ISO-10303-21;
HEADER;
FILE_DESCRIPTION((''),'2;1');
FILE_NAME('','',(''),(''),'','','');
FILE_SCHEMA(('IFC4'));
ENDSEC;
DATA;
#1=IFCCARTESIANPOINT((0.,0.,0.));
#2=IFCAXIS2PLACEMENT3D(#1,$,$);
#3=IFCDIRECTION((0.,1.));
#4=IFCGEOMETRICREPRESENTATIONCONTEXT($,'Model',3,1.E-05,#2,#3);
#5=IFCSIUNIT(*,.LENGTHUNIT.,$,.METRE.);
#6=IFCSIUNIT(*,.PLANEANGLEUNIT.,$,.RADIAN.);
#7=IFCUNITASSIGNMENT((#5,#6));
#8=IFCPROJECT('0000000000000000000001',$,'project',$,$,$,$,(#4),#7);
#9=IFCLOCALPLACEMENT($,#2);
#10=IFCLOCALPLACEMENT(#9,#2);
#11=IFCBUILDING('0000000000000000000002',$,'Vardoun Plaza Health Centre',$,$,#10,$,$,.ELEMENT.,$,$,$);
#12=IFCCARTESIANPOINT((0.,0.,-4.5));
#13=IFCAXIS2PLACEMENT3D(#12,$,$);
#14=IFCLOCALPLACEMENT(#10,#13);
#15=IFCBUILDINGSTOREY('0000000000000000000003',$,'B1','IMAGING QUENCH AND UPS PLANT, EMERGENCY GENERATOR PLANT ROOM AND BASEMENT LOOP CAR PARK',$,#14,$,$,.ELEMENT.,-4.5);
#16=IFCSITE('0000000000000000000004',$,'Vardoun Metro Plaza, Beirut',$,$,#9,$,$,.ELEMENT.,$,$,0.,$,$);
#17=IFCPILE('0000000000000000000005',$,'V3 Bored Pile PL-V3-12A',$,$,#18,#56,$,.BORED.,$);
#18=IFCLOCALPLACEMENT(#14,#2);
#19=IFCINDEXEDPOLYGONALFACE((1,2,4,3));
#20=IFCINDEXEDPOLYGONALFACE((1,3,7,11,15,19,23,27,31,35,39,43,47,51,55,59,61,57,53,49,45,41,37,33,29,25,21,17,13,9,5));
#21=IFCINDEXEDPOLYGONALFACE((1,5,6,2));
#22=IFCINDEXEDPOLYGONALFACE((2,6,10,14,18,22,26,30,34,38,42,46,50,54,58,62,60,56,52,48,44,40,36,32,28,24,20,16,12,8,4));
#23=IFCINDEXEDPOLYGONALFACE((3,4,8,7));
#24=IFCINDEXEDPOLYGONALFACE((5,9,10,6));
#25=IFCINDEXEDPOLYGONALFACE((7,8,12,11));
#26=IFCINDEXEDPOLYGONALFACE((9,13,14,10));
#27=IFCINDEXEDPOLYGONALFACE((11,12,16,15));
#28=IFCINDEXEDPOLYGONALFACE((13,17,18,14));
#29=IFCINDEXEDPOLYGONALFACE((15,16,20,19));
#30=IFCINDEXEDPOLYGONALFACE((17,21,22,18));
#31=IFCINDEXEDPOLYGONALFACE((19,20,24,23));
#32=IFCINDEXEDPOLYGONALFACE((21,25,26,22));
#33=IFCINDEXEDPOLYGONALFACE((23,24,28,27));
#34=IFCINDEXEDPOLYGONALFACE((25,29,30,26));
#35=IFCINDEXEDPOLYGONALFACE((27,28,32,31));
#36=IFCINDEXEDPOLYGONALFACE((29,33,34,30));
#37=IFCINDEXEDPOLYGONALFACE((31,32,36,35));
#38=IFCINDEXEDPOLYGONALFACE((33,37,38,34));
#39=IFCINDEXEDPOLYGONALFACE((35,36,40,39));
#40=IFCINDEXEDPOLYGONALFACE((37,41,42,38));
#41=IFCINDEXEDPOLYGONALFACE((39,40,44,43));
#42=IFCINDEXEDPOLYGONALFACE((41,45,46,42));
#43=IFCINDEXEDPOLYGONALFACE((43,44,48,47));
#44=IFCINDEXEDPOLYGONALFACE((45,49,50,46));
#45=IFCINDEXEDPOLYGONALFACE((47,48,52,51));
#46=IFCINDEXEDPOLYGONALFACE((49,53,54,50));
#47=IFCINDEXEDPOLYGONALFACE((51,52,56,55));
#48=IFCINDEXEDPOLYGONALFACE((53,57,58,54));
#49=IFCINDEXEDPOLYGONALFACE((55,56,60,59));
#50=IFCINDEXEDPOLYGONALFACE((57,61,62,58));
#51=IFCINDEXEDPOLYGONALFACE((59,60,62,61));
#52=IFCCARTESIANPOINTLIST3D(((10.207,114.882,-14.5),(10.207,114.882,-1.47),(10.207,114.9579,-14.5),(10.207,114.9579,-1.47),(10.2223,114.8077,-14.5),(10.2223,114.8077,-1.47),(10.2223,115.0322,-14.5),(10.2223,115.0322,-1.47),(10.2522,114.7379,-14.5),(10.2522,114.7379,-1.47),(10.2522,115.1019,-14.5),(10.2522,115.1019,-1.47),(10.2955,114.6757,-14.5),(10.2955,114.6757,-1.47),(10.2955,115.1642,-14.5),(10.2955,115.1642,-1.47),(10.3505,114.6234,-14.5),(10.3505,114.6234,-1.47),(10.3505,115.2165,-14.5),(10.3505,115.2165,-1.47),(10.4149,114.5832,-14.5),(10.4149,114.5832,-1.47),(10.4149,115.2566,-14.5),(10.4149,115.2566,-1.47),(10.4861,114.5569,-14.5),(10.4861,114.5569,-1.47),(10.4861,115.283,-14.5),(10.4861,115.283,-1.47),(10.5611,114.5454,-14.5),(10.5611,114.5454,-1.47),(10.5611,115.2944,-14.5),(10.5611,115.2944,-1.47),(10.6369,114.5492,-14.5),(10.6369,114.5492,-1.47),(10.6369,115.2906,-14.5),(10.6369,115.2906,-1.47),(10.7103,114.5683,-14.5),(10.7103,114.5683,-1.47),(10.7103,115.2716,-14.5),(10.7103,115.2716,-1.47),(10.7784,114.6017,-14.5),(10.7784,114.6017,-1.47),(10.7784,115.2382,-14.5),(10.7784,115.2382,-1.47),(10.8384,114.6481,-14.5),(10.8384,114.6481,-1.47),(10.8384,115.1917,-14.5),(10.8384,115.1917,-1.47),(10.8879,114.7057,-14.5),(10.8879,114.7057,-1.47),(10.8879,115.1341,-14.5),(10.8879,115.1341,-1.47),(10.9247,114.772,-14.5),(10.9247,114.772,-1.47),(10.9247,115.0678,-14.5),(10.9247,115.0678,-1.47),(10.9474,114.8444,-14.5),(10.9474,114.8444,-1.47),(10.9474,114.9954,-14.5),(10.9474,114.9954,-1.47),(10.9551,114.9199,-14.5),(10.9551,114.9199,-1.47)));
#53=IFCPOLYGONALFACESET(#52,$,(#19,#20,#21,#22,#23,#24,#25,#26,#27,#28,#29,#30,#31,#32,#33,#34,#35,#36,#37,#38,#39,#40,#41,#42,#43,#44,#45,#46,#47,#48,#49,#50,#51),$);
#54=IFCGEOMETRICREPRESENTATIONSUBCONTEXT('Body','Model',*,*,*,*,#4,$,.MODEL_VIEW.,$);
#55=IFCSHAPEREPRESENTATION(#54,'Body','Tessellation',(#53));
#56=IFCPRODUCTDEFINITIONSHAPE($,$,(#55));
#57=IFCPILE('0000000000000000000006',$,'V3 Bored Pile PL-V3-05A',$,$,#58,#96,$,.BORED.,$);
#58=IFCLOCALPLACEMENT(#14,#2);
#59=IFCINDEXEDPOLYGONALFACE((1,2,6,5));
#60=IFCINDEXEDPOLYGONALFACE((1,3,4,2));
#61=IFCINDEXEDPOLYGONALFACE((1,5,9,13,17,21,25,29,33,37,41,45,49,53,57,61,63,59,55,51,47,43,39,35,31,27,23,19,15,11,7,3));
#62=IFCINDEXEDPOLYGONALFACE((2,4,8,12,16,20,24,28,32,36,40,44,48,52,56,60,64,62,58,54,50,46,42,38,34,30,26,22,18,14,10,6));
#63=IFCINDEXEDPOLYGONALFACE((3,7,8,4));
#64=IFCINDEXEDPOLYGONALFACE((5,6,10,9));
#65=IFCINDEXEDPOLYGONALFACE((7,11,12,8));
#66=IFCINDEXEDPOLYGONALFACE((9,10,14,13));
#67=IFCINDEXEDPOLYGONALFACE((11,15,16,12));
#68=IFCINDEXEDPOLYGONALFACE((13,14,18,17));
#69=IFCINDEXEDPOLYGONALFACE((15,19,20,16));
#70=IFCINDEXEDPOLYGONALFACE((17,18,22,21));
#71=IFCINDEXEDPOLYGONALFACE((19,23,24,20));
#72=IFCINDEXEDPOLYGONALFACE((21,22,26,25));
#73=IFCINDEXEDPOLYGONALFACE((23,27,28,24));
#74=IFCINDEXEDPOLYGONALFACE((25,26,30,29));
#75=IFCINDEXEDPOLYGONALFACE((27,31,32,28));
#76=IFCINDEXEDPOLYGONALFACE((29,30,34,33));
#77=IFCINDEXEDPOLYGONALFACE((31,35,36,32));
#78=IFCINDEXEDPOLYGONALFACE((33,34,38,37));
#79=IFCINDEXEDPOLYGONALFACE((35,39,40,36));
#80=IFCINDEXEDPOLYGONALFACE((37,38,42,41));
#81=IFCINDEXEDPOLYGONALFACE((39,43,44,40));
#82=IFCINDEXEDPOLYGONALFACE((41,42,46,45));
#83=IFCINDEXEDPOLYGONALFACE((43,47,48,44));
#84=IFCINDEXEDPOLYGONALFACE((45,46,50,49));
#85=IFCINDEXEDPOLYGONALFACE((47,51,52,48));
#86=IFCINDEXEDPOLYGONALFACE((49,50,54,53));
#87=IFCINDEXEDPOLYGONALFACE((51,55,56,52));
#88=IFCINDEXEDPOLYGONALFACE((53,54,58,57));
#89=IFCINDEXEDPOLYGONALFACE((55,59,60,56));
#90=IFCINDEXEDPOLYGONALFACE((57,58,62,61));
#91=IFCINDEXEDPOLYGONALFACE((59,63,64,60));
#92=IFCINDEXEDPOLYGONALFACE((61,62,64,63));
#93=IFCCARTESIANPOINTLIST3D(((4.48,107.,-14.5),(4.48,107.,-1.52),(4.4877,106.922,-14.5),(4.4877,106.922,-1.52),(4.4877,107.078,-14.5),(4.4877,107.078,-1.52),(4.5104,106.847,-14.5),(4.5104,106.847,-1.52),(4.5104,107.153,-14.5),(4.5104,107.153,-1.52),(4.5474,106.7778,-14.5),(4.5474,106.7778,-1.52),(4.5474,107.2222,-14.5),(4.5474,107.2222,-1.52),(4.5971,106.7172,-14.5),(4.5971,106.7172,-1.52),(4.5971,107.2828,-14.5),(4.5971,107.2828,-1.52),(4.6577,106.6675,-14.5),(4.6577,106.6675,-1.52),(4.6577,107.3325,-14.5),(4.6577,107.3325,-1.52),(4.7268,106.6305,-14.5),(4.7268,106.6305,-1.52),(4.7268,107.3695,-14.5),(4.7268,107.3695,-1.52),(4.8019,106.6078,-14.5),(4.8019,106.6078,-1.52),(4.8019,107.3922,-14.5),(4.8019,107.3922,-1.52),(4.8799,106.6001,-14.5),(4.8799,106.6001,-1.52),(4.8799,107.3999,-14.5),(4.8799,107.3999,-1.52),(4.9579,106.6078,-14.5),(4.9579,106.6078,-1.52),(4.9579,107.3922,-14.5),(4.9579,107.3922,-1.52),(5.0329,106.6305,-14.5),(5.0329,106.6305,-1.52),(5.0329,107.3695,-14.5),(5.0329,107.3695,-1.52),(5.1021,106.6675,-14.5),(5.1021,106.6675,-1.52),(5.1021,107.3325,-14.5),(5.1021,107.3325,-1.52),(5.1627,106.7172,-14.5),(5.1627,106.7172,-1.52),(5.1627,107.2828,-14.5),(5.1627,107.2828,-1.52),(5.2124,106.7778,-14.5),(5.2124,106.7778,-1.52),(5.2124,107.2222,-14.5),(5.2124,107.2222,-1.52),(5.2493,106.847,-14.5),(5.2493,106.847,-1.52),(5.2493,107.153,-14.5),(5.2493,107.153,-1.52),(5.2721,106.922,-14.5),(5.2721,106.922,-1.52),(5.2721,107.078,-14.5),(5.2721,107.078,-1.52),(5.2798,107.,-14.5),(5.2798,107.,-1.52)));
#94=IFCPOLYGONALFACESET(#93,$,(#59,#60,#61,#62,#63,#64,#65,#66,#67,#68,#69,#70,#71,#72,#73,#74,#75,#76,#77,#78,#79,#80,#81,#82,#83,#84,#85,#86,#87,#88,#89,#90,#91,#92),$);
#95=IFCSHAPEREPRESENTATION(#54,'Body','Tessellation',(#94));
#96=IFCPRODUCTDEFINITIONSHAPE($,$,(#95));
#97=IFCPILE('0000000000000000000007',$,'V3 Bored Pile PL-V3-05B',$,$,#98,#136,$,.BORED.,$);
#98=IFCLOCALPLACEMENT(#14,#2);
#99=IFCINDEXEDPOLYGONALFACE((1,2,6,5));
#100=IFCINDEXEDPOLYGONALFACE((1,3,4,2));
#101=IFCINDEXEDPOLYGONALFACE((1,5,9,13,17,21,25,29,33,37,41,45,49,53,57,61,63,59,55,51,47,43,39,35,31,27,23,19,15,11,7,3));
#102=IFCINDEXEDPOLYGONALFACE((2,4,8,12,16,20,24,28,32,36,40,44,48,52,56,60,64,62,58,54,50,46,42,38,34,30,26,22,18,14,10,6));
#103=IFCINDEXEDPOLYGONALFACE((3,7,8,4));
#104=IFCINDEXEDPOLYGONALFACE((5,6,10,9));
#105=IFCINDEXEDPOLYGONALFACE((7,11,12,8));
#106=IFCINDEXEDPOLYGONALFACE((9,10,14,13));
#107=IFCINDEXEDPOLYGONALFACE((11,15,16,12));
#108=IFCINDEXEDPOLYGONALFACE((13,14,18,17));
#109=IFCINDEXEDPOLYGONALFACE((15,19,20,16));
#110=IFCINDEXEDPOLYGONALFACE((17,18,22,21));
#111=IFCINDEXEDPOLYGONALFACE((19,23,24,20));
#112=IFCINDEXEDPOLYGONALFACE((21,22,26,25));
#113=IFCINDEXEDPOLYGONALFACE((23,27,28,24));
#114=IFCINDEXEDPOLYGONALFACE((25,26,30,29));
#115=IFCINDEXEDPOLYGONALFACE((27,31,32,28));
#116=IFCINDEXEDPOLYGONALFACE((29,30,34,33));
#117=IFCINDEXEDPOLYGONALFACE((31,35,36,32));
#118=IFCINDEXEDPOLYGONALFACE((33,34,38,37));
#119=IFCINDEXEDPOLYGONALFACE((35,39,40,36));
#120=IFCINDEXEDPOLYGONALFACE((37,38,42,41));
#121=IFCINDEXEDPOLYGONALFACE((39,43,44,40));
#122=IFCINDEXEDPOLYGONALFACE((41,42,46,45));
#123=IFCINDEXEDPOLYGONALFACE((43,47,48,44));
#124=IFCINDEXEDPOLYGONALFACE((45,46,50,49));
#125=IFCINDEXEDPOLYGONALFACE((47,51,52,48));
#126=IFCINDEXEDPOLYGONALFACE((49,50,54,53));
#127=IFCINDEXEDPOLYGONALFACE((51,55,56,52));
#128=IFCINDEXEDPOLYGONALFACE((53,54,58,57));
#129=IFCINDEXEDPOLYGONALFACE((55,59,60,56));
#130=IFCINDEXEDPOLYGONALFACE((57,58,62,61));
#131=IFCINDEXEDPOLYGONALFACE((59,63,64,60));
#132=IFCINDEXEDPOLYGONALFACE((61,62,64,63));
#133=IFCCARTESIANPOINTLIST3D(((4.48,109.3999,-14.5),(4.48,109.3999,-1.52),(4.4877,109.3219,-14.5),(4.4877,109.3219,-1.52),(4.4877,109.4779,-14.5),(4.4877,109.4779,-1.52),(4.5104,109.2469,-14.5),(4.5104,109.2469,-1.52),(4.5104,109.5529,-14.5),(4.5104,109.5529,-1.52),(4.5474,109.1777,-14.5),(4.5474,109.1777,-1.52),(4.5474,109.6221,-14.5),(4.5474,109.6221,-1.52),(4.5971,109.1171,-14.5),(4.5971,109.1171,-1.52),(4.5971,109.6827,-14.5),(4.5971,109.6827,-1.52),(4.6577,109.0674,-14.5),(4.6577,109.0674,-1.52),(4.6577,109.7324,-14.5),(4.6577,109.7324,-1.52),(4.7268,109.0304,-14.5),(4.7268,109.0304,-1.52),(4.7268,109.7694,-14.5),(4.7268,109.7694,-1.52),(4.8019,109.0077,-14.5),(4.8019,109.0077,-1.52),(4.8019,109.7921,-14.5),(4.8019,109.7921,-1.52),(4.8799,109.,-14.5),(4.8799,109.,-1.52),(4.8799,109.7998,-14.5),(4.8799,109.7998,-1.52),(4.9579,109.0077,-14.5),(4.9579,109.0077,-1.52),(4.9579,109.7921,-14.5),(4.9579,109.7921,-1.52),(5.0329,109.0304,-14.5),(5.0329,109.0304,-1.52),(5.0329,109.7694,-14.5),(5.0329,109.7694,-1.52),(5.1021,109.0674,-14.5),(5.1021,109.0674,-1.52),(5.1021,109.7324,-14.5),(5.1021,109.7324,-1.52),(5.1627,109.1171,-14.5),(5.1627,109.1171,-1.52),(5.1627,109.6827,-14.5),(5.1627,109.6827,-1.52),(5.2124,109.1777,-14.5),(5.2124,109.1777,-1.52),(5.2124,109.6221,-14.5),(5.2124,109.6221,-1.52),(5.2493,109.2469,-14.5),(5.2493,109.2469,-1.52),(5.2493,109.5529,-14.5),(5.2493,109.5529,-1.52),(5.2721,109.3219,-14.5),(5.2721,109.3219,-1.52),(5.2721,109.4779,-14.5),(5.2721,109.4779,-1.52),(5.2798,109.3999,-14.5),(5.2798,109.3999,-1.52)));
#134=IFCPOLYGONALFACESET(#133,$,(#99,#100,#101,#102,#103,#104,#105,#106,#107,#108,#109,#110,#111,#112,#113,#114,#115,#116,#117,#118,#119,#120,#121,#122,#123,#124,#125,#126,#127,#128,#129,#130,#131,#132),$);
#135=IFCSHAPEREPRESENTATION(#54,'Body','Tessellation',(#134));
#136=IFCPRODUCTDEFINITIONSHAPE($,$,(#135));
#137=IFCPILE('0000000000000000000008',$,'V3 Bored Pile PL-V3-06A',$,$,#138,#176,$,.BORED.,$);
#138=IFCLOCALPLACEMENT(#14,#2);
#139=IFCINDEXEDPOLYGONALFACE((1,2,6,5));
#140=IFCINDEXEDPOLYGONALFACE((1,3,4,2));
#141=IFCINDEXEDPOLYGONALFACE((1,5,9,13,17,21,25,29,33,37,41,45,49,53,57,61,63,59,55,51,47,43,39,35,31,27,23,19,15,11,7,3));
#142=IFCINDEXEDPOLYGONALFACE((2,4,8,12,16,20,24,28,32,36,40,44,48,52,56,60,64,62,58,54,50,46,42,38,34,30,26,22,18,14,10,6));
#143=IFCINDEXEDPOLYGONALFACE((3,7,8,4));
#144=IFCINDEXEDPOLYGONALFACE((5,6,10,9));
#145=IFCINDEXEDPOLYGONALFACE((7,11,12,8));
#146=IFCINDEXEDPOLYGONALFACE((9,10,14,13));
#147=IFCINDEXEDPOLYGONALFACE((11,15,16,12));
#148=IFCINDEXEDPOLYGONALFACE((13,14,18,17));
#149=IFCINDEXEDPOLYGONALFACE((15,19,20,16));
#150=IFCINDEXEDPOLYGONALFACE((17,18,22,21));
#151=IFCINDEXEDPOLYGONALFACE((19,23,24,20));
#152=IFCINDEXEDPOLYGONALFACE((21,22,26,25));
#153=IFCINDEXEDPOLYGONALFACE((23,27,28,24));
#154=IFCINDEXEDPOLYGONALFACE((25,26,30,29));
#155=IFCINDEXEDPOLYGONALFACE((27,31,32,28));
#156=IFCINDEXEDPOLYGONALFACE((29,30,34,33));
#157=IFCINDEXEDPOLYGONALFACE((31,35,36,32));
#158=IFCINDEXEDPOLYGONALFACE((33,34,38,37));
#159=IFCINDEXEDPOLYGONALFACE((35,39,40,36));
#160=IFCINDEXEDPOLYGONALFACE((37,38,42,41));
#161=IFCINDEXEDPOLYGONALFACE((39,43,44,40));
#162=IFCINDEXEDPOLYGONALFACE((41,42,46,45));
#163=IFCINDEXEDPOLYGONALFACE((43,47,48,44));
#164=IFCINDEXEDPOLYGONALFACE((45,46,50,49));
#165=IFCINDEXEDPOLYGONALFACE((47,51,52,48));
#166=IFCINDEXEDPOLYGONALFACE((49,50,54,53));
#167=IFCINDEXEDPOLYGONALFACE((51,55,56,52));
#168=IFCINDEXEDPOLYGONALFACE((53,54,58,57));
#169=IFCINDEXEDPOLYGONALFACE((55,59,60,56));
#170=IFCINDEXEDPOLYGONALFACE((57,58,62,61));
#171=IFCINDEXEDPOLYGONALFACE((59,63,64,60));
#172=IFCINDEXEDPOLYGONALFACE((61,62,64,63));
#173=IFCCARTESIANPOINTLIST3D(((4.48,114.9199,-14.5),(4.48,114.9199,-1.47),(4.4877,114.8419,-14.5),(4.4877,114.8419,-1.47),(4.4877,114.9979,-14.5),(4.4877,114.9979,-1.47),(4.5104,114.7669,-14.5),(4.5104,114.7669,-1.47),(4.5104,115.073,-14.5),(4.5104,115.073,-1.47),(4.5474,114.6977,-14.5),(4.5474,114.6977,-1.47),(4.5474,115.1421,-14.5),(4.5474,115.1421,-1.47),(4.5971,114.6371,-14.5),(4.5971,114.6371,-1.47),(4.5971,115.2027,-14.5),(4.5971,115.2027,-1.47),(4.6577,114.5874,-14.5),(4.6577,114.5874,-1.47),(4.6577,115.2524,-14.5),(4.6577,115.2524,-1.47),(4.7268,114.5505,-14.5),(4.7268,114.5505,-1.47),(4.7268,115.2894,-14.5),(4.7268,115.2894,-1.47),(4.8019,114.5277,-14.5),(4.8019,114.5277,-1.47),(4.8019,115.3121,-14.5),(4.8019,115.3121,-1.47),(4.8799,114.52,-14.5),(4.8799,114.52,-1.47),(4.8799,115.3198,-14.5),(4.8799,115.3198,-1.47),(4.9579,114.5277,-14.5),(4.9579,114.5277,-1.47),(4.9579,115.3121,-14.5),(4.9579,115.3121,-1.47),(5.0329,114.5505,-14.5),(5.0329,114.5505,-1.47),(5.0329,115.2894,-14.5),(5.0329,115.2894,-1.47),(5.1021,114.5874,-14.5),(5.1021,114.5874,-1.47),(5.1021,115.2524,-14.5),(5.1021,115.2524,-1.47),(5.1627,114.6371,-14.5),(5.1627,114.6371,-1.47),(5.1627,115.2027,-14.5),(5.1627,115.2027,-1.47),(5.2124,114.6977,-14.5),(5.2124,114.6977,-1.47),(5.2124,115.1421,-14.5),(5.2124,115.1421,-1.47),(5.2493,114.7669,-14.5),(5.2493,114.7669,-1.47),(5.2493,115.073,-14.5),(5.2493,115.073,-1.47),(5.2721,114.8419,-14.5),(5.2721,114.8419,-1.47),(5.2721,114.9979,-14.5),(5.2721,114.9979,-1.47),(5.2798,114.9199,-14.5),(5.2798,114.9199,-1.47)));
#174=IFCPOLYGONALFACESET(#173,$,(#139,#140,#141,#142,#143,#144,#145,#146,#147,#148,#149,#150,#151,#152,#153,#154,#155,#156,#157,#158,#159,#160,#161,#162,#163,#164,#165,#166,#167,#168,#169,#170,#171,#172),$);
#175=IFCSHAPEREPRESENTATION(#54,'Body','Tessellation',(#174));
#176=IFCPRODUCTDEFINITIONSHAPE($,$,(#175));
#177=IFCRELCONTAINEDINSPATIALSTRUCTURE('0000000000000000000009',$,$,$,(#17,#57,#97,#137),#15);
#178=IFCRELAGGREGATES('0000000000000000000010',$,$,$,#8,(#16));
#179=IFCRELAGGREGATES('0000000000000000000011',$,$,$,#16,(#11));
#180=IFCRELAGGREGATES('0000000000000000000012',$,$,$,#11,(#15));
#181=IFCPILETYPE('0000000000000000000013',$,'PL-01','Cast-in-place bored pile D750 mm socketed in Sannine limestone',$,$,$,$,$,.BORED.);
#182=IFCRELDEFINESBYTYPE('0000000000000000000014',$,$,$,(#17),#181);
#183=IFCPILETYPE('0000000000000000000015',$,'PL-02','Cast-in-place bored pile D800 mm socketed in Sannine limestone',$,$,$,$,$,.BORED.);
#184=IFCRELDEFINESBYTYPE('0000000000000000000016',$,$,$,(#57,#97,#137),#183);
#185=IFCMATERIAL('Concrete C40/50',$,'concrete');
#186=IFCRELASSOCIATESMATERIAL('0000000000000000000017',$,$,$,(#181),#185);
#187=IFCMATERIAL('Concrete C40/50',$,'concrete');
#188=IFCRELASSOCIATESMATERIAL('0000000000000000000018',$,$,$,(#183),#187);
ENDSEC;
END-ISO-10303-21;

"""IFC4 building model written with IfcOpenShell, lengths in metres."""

from ifc_helpers import new_model, si_unit, direction, frame, origin, origin_2d, place, context, subcontext, project, spatial, circle, extrude, material, material_profile, profile_set, type_object, element, save


model = new_model("IFC4")

# Units and contexts
model_context = context("Model", 3, precision=1e-05, world=origin(), true_north=direction((0.0, 1.0)))
body_context = subcontext(model_context, "Body", "Model", "MODEL_VIEW")
ifc_project = project(units=[si_unit("LENGTHUNIT", "METRE"), si_unit("PLANEANGLEUNIT", "RADIAN")], contexts=[model_context])

# Site, building, storey
site_placement = place(None, origin())
site = spatial("IfcSite", under=ifc_project, at=site_placement, Name="Vardoun Metro Plaza, Beirut", CompositionType="ELEMENT", RefElevation=0.0)
building_placement = place(site_placement, origin())
building = spatial("IfcBuilding", under=site, at=building_placement, Name="Vardoun Plaza Health Centre", CompositionType="ELEMENT")
storey_placement = place(building_placement, frame((0.0, 0.0, -4.5)))
storey = spatial("IfcBuildingStorey", under=building, at=storey_placement, Name="B1", Description="IMAGING QUENCH AND UPS PLANT, EMERGENCY GENERATOR PLANT ROOM AND BASEMENT LOOP CAR PARK", CompositionType="ELEMENT", Elevation=-4.5)

# Piles
ifc_material_1 = material(Name="Concrete C40/50", Category="concrete")
ifc_material_profile_1 = material_profile(ifc_material_1, circle(Radius=0.375, at=origin_2d()), Name="PILE D750")
ifc_profile_set_1 = profile_set([ifc_material_profile_1], Name="Concrete C40/50")
pile_type_1 = type_object("IfcPileType", Name="PL-01", Description="Cast-in-place bored pile D750 mm socketed in Sannine limestone", PredefinedType="BORED", material=ifc_profile_set_1)
pile_1_placement = place(storey_placement, frame((10.5801, 114.9199, -1.47), z_axis=(0.0, 0.0, -1.0), x_axis=(1.0, 0.0, 0.0)))
element("IfcPile", 1, at=pile_1_placement, inside=storey, type_object=pile_type_1, Name="V3 Bored Pile PL-V3-12A", PredefinedType="BORED", context=body_context, shape_type="SweptSolid", body=[
    extrude(circle(Radius=0.375, at=origin_2d()), origin(), (0.0, 0.0, 1.0), 13.03),
])
ifc_material_2 = material(Name="Concrete C40/50", Category="concrete")
ifc_material_profile_2 = material_profile(ifc_material_2, circle(Radius=0.3999, at=origin_2d()), Name="PILE D800")
ifc_profile_set_2 = profile_set([ifc_material_profile_2], Name="Concrete C40/50")
pile_type_2 = type_object("IfcPileType", Name="PL-02", Description="Cast-in-place bored pile D800 mm socketed in Sannine limestone", PredefinedType="BORED", material=ifc_profile_set_2)
for number, where, z_axis, x_axis, name in (
    (2, (4.8799, 107.0, -1.52), (0.0, 0.0, -1.0), (1.0, 0.0, 0.0), "V3 Bored Pile PL-V3-05A"),
    (3, (4.8799, 109.3999, -1.52), (0.0, 0.0, -1.0), (1.0, 0.0, 0.0), "V3 Bored Pile PL-V3-05B"),
):
    element("IfcPile", number, at=place(storey_placement, frame(where, z_axis=z_axis, x_axis=x_axis)), inside=storey, type_object=pile_type_2, Name=name, PredefinedType="BORED", context=body_context, shape_type="SweptSolid", body=[
        extrude(circle(Radius=0.3999, at=origin_2d()), origin(), (0.0, 0.0, 1.0), 12.98),
    ])
pile_2_placement = place(storey_placement, frame((4.8799, 114.9199, -1.47), z_axis=(0.0, 0.0, -1.0), x_axis=(1.0, 0.0, 0.0)))
element("IfcPile", 4, at=pile_2_placement, inside=storey, type_object=pile_type_2, Name="V3 Bored Pile PL-V3-06A", PredefinedType="BORED", context=body_context, shape_type="SweptSolid", body=[
    extrude(circle(Radius=0.3999, at=origin_2d()), origin(), (0.0, 0.0, 1.0), 13.03),
])

save(model, "model.ifc")
